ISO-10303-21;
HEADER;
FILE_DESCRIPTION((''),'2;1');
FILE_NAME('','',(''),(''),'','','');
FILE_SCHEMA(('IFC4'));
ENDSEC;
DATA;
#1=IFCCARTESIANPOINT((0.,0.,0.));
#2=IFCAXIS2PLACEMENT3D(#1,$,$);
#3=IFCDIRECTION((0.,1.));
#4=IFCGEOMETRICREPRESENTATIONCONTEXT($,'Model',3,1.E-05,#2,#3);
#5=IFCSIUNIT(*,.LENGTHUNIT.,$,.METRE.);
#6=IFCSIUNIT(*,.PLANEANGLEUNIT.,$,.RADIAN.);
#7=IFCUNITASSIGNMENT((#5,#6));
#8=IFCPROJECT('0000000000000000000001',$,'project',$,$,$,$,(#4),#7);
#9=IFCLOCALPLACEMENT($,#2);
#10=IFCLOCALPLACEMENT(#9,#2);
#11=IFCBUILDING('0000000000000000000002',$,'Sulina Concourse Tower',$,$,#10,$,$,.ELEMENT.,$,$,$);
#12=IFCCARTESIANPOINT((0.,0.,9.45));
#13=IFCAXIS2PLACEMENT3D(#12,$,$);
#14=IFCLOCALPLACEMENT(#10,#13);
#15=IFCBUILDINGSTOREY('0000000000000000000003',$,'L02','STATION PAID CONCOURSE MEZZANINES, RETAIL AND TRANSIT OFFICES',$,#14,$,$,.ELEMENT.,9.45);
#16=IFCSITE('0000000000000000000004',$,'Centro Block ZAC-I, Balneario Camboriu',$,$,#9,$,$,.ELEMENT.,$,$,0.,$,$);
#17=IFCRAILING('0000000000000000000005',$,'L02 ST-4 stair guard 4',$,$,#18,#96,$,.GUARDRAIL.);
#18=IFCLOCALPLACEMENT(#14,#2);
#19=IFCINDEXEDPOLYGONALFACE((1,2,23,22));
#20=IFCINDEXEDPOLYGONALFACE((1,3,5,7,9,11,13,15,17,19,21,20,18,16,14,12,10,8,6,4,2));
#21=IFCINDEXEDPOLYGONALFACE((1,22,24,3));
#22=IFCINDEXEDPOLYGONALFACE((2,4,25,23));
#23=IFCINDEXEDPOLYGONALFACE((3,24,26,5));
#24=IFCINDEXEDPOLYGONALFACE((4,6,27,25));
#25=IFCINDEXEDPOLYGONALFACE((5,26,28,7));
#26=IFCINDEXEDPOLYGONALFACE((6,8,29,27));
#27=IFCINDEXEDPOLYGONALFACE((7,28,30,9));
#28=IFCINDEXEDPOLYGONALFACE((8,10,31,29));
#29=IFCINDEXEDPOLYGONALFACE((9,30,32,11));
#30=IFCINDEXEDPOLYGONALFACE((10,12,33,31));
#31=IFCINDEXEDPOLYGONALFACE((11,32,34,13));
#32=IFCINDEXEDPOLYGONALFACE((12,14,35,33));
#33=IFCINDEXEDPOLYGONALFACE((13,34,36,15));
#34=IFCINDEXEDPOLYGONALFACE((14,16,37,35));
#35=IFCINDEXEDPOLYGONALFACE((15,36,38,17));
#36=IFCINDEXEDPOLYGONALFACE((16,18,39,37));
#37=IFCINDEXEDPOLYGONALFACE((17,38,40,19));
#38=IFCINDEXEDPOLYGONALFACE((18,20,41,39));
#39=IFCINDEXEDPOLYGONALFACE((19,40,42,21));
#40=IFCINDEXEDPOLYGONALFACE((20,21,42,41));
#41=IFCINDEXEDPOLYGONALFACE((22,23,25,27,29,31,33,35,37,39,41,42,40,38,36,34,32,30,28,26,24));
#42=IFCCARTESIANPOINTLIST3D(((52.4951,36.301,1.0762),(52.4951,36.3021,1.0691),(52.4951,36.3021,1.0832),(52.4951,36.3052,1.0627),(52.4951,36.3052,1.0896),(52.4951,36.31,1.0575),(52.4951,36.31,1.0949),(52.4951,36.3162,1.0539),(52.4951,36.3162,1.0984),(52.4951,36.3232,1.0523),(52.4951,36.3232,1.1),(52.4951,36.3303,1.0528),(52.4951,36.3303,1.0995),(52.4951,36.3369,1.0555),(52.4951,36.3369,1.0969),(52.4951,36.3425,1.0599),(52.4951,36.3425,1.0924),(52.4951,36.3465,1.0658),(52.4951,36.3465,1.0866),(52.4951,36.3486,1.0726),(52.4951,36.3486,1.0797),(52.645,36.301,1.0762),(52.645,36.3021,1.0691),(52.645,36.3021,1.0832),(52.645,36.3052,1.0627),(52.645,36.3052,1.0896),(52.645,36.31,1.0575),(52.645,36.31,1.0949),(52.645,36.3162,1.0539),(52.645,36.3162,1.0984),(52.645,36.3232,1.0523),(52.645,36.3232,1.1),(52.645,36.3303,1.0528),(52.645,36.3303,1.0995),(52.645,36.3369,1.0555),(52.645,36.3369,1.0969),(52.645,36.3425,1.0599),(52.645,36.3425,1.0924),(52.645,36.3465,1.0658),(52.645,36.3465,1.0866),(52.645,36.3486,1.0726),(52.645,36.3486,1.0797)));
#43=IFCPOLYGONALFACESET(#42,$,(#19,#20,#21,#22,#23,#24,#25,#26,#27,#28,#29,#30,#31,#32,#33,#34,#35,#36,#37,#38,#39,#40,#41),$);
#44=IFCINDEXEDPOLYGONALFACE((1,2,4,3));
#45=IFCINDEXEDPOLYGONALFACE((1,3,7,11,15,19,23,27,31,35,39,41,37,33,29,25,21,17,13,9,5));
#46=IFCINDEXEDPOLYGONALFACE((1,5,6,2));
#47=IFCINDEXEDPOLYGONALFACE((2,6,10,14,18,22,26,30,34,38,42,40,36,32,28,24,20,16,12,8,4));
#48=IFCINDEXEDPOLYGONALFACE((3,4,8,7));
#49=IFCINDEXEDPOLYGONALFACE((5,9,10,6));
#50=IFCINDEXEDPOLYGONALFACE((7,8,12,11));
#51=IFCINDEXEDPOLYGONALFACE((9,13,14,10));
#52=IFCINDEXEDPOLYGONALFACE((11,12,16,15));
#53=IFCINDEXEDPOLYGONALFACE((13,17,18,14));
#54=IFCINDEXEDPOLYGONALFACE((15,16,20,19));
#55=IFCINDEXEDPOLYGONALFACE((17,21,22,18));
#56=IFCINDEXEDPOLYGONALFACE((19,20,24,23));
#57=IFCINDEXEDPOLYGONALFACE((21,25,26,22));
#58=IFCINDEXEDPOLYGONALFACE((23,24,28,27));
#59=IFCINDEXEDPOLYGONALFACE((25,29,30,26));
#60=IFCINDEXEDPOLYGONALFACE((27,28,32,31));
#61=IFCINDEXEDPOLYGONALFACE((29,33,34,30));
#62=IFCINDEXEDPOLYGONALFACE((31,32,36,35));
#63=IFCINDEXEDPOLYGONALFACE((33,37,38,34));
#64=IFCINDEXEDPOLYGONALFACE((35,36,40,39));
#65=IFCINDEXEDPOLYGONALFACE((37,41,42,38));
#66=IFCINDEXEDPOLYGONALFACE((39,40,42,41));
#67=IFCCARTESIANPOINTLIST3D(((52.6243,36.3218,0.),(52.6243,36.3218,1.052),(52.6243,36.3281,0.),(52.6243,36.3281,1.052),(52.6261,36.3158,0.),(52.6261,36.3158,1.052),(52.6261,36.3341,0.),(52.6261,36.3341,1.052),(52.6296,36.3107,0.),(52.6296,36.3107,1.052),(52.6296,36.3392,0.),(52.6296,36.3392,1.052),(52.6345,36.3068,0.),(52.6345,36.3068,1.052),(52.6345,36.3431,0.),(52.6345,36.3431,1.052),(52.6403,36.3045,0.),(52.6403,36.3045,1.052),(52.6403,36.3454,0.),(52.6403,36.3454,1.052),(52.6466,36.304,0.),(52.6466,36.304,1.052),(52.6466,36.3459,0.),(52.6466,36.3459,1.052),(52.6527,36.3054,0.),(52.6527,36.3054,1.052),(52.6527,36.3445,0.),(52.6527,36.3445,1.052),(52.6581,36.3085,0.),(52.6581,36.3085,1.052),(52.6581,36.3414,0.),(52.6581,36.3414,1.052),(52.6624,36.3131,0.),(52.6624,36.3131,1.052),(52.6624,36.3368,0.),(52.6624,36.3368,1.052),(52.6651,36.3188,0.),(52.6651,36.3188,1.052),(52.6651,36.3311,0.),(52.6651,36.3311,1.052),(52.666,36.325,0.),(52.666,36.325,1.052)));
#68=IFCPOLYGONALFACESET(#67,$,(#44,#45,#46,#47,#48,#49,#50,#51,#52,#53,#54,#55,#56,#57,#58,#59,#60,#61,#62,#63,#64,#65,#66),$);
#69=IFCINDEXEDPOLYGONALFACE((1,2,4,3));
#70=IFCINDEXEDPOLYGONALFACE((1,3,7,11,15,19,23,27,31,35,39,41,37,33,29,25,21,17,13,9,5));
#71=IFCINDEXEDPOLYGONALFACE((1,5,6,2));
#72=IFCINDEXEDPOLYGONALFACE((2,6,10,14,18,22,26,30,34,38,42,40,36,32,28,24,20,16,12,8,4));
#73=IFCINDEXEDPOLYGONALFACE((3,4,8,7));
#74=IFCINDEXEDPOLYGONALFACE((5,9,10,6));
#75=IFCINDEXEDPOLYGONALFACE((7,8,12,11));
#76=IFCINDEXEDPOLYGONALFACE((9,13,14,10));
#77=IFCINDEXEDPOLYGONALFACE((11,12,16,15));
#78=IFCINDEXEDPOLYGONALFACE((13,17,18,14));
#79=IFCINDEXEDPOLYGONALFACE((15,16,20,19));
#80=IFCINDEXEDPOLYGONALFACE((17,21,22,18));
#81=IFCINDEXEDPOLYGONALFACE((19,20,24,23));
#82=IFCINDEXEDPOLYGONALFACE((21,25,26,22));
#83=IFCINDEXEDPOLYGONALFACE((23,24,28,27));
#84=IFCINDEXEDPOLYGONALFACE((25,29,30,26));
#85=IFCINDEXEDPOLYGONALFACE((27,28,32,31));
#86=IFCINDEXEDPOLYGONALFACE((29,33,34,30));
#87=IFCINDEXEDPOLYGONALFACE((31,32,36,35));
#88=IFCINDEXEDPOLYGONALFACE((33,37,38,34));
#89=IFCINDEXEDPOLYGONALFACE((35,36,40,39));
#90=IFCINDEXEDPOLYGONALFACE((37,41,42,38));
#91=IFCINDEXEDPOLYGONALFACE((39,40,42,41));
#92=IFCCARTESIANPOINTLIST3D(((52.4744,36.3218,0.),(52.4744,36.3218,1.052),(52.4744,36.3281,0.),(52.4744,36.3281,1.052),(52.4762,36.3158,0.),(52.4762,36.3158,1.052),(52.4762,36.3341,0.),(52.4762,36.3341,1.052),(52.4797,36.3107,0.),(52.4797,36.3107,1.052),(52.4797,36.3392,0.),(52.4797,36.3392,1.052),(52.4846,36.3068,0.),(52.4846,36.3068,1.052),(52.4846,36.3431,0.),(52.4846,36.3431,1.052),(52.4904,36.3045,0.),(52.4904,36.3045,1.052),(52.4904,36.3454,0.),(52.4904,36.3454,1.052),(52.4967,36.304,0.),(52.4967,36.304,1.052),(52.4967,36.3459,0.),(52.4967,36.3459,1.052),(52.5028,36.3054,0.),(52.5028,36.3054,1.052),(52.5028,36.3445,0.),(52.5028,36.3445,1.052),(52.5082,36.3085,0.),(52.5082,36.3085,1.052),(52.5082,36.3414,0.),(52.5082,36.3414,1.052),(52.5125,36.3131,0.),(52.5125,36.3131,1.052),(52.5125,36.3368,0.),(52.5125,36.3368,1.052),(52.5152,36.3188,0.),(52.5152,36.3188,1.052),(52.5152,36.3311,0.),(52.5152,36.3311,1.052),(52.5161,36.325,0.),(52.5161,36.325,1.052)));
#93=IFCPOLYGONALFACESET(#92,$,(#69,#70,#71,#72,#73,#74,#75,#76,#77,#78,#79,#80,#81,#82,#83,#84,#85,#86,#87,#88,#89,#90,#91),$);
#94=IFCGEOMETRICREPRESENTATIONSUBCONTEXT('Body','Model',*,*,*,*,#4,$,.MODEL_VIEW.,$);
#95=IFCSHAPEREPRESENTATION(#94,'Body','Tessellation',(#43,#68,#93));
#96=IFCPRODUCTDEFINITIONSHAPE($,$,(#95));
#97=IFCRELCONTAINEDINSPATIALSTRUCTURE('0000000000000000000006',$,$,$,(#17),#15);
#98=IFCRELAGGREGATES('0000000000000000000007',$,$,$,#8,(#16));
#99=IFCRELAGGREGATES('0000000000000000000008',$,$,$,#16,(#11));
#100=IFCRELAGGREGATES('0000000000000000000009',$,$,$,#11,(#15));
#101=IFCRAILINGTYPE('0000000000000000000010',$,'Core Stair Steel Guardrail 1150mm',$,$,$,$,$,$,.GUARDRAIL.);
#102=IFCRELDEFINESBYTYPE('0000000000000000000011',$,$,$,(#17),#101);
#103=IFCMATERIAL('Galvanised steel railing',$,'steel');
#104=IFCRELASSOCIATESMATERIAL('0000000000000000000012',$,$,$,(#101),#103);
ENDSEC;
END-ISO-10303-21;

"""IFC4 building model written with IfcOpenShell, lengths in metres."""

from ifc_helpers import new_model, si_unit, direction, frame, origin, origin_2d, place, context, subcontext, project, spatial, circle, extrude, material, type_object, element, save


model = new_model("IFC4")

# Units and contexts
model_context = context("Model", 3, precision=1e-05, world=origin(), true_north=direction((0.0, 1.0)))
body_context = subcontext(model_context, "Body", "Model", "MODEL_VIEW")
ifc_project = project(units=[si_unit("LENGTHUNIT", "METRE"), si_unit("PLANEANGLEUNIT", "RADIAN")], contexts=[model_context])

# Site, building, storey
site_placement = place(None, origin())
site = spatial("IfcSite", under=ifc_project, at=site_placement, Name="Centro Block ZAC-I, Balneario Camboriu", CompositionType="ELEMENT", RefElevation=0.0)
building_placement = place(site_placement, origin())
building = spatial("IfcBuilding", under=site, at=building_placement, Name="Sulina Concourse Tower", CompositionType="ELEMENT")
storey_placement = place(building_placement, frame((0.0, 0.0, 9.45)))
storey = spatial("IfcBuildingStorey", under=building, at=storey_placement, Name="L02", Description="STATION PAID CONCOURSE MEZZANINES, RETAIL AND TRANSIT OFFICES", CompositionType="ELEMENT", Elevation=9.45)

# Railing
ifc_material_1 = material(Name="Galvanised steel railing", Category="steel")
railing_type_1 = type_object("IfcRailingType", Name="Core Stair Steel Guardrail 1150mm", PredefinedType="GUARDRAIL", material=ifc_material_1)
railing_1_placement = place(storey_placement, frame((52.645, 36.325, 0.0)))
element("IfcRailing", 1, at=railing_1_placement, inside=storey, type_object=railing_type_1, Name="L02 ST-4 stair guard 4", PredefinedType="GUARDRAIL", context=body_context, shape_type="SweptSolid", body=[
    extrude(circle(Radius=0.0239, at=origin_2d()), frame((0.0, 0.0, 1.0762), z_axis=(-1.0, 0.0, 0.0), x_axis=(0.0, -1.0, 0.0)), (0.0, 0.0, 1.0), 0.1499),
    extrude(circle(Radius=0.021, at=origin_2d()), origin(), (0.0, 0.0, 1.0), 1.052),
    extrude(circle(Radius=0.021, at=origin_2d()), frame((-0.1499, 0.0, 0.0)), (0.0, 0.0, 1.0), 1.052),
])

save(model, "model.ifc")
